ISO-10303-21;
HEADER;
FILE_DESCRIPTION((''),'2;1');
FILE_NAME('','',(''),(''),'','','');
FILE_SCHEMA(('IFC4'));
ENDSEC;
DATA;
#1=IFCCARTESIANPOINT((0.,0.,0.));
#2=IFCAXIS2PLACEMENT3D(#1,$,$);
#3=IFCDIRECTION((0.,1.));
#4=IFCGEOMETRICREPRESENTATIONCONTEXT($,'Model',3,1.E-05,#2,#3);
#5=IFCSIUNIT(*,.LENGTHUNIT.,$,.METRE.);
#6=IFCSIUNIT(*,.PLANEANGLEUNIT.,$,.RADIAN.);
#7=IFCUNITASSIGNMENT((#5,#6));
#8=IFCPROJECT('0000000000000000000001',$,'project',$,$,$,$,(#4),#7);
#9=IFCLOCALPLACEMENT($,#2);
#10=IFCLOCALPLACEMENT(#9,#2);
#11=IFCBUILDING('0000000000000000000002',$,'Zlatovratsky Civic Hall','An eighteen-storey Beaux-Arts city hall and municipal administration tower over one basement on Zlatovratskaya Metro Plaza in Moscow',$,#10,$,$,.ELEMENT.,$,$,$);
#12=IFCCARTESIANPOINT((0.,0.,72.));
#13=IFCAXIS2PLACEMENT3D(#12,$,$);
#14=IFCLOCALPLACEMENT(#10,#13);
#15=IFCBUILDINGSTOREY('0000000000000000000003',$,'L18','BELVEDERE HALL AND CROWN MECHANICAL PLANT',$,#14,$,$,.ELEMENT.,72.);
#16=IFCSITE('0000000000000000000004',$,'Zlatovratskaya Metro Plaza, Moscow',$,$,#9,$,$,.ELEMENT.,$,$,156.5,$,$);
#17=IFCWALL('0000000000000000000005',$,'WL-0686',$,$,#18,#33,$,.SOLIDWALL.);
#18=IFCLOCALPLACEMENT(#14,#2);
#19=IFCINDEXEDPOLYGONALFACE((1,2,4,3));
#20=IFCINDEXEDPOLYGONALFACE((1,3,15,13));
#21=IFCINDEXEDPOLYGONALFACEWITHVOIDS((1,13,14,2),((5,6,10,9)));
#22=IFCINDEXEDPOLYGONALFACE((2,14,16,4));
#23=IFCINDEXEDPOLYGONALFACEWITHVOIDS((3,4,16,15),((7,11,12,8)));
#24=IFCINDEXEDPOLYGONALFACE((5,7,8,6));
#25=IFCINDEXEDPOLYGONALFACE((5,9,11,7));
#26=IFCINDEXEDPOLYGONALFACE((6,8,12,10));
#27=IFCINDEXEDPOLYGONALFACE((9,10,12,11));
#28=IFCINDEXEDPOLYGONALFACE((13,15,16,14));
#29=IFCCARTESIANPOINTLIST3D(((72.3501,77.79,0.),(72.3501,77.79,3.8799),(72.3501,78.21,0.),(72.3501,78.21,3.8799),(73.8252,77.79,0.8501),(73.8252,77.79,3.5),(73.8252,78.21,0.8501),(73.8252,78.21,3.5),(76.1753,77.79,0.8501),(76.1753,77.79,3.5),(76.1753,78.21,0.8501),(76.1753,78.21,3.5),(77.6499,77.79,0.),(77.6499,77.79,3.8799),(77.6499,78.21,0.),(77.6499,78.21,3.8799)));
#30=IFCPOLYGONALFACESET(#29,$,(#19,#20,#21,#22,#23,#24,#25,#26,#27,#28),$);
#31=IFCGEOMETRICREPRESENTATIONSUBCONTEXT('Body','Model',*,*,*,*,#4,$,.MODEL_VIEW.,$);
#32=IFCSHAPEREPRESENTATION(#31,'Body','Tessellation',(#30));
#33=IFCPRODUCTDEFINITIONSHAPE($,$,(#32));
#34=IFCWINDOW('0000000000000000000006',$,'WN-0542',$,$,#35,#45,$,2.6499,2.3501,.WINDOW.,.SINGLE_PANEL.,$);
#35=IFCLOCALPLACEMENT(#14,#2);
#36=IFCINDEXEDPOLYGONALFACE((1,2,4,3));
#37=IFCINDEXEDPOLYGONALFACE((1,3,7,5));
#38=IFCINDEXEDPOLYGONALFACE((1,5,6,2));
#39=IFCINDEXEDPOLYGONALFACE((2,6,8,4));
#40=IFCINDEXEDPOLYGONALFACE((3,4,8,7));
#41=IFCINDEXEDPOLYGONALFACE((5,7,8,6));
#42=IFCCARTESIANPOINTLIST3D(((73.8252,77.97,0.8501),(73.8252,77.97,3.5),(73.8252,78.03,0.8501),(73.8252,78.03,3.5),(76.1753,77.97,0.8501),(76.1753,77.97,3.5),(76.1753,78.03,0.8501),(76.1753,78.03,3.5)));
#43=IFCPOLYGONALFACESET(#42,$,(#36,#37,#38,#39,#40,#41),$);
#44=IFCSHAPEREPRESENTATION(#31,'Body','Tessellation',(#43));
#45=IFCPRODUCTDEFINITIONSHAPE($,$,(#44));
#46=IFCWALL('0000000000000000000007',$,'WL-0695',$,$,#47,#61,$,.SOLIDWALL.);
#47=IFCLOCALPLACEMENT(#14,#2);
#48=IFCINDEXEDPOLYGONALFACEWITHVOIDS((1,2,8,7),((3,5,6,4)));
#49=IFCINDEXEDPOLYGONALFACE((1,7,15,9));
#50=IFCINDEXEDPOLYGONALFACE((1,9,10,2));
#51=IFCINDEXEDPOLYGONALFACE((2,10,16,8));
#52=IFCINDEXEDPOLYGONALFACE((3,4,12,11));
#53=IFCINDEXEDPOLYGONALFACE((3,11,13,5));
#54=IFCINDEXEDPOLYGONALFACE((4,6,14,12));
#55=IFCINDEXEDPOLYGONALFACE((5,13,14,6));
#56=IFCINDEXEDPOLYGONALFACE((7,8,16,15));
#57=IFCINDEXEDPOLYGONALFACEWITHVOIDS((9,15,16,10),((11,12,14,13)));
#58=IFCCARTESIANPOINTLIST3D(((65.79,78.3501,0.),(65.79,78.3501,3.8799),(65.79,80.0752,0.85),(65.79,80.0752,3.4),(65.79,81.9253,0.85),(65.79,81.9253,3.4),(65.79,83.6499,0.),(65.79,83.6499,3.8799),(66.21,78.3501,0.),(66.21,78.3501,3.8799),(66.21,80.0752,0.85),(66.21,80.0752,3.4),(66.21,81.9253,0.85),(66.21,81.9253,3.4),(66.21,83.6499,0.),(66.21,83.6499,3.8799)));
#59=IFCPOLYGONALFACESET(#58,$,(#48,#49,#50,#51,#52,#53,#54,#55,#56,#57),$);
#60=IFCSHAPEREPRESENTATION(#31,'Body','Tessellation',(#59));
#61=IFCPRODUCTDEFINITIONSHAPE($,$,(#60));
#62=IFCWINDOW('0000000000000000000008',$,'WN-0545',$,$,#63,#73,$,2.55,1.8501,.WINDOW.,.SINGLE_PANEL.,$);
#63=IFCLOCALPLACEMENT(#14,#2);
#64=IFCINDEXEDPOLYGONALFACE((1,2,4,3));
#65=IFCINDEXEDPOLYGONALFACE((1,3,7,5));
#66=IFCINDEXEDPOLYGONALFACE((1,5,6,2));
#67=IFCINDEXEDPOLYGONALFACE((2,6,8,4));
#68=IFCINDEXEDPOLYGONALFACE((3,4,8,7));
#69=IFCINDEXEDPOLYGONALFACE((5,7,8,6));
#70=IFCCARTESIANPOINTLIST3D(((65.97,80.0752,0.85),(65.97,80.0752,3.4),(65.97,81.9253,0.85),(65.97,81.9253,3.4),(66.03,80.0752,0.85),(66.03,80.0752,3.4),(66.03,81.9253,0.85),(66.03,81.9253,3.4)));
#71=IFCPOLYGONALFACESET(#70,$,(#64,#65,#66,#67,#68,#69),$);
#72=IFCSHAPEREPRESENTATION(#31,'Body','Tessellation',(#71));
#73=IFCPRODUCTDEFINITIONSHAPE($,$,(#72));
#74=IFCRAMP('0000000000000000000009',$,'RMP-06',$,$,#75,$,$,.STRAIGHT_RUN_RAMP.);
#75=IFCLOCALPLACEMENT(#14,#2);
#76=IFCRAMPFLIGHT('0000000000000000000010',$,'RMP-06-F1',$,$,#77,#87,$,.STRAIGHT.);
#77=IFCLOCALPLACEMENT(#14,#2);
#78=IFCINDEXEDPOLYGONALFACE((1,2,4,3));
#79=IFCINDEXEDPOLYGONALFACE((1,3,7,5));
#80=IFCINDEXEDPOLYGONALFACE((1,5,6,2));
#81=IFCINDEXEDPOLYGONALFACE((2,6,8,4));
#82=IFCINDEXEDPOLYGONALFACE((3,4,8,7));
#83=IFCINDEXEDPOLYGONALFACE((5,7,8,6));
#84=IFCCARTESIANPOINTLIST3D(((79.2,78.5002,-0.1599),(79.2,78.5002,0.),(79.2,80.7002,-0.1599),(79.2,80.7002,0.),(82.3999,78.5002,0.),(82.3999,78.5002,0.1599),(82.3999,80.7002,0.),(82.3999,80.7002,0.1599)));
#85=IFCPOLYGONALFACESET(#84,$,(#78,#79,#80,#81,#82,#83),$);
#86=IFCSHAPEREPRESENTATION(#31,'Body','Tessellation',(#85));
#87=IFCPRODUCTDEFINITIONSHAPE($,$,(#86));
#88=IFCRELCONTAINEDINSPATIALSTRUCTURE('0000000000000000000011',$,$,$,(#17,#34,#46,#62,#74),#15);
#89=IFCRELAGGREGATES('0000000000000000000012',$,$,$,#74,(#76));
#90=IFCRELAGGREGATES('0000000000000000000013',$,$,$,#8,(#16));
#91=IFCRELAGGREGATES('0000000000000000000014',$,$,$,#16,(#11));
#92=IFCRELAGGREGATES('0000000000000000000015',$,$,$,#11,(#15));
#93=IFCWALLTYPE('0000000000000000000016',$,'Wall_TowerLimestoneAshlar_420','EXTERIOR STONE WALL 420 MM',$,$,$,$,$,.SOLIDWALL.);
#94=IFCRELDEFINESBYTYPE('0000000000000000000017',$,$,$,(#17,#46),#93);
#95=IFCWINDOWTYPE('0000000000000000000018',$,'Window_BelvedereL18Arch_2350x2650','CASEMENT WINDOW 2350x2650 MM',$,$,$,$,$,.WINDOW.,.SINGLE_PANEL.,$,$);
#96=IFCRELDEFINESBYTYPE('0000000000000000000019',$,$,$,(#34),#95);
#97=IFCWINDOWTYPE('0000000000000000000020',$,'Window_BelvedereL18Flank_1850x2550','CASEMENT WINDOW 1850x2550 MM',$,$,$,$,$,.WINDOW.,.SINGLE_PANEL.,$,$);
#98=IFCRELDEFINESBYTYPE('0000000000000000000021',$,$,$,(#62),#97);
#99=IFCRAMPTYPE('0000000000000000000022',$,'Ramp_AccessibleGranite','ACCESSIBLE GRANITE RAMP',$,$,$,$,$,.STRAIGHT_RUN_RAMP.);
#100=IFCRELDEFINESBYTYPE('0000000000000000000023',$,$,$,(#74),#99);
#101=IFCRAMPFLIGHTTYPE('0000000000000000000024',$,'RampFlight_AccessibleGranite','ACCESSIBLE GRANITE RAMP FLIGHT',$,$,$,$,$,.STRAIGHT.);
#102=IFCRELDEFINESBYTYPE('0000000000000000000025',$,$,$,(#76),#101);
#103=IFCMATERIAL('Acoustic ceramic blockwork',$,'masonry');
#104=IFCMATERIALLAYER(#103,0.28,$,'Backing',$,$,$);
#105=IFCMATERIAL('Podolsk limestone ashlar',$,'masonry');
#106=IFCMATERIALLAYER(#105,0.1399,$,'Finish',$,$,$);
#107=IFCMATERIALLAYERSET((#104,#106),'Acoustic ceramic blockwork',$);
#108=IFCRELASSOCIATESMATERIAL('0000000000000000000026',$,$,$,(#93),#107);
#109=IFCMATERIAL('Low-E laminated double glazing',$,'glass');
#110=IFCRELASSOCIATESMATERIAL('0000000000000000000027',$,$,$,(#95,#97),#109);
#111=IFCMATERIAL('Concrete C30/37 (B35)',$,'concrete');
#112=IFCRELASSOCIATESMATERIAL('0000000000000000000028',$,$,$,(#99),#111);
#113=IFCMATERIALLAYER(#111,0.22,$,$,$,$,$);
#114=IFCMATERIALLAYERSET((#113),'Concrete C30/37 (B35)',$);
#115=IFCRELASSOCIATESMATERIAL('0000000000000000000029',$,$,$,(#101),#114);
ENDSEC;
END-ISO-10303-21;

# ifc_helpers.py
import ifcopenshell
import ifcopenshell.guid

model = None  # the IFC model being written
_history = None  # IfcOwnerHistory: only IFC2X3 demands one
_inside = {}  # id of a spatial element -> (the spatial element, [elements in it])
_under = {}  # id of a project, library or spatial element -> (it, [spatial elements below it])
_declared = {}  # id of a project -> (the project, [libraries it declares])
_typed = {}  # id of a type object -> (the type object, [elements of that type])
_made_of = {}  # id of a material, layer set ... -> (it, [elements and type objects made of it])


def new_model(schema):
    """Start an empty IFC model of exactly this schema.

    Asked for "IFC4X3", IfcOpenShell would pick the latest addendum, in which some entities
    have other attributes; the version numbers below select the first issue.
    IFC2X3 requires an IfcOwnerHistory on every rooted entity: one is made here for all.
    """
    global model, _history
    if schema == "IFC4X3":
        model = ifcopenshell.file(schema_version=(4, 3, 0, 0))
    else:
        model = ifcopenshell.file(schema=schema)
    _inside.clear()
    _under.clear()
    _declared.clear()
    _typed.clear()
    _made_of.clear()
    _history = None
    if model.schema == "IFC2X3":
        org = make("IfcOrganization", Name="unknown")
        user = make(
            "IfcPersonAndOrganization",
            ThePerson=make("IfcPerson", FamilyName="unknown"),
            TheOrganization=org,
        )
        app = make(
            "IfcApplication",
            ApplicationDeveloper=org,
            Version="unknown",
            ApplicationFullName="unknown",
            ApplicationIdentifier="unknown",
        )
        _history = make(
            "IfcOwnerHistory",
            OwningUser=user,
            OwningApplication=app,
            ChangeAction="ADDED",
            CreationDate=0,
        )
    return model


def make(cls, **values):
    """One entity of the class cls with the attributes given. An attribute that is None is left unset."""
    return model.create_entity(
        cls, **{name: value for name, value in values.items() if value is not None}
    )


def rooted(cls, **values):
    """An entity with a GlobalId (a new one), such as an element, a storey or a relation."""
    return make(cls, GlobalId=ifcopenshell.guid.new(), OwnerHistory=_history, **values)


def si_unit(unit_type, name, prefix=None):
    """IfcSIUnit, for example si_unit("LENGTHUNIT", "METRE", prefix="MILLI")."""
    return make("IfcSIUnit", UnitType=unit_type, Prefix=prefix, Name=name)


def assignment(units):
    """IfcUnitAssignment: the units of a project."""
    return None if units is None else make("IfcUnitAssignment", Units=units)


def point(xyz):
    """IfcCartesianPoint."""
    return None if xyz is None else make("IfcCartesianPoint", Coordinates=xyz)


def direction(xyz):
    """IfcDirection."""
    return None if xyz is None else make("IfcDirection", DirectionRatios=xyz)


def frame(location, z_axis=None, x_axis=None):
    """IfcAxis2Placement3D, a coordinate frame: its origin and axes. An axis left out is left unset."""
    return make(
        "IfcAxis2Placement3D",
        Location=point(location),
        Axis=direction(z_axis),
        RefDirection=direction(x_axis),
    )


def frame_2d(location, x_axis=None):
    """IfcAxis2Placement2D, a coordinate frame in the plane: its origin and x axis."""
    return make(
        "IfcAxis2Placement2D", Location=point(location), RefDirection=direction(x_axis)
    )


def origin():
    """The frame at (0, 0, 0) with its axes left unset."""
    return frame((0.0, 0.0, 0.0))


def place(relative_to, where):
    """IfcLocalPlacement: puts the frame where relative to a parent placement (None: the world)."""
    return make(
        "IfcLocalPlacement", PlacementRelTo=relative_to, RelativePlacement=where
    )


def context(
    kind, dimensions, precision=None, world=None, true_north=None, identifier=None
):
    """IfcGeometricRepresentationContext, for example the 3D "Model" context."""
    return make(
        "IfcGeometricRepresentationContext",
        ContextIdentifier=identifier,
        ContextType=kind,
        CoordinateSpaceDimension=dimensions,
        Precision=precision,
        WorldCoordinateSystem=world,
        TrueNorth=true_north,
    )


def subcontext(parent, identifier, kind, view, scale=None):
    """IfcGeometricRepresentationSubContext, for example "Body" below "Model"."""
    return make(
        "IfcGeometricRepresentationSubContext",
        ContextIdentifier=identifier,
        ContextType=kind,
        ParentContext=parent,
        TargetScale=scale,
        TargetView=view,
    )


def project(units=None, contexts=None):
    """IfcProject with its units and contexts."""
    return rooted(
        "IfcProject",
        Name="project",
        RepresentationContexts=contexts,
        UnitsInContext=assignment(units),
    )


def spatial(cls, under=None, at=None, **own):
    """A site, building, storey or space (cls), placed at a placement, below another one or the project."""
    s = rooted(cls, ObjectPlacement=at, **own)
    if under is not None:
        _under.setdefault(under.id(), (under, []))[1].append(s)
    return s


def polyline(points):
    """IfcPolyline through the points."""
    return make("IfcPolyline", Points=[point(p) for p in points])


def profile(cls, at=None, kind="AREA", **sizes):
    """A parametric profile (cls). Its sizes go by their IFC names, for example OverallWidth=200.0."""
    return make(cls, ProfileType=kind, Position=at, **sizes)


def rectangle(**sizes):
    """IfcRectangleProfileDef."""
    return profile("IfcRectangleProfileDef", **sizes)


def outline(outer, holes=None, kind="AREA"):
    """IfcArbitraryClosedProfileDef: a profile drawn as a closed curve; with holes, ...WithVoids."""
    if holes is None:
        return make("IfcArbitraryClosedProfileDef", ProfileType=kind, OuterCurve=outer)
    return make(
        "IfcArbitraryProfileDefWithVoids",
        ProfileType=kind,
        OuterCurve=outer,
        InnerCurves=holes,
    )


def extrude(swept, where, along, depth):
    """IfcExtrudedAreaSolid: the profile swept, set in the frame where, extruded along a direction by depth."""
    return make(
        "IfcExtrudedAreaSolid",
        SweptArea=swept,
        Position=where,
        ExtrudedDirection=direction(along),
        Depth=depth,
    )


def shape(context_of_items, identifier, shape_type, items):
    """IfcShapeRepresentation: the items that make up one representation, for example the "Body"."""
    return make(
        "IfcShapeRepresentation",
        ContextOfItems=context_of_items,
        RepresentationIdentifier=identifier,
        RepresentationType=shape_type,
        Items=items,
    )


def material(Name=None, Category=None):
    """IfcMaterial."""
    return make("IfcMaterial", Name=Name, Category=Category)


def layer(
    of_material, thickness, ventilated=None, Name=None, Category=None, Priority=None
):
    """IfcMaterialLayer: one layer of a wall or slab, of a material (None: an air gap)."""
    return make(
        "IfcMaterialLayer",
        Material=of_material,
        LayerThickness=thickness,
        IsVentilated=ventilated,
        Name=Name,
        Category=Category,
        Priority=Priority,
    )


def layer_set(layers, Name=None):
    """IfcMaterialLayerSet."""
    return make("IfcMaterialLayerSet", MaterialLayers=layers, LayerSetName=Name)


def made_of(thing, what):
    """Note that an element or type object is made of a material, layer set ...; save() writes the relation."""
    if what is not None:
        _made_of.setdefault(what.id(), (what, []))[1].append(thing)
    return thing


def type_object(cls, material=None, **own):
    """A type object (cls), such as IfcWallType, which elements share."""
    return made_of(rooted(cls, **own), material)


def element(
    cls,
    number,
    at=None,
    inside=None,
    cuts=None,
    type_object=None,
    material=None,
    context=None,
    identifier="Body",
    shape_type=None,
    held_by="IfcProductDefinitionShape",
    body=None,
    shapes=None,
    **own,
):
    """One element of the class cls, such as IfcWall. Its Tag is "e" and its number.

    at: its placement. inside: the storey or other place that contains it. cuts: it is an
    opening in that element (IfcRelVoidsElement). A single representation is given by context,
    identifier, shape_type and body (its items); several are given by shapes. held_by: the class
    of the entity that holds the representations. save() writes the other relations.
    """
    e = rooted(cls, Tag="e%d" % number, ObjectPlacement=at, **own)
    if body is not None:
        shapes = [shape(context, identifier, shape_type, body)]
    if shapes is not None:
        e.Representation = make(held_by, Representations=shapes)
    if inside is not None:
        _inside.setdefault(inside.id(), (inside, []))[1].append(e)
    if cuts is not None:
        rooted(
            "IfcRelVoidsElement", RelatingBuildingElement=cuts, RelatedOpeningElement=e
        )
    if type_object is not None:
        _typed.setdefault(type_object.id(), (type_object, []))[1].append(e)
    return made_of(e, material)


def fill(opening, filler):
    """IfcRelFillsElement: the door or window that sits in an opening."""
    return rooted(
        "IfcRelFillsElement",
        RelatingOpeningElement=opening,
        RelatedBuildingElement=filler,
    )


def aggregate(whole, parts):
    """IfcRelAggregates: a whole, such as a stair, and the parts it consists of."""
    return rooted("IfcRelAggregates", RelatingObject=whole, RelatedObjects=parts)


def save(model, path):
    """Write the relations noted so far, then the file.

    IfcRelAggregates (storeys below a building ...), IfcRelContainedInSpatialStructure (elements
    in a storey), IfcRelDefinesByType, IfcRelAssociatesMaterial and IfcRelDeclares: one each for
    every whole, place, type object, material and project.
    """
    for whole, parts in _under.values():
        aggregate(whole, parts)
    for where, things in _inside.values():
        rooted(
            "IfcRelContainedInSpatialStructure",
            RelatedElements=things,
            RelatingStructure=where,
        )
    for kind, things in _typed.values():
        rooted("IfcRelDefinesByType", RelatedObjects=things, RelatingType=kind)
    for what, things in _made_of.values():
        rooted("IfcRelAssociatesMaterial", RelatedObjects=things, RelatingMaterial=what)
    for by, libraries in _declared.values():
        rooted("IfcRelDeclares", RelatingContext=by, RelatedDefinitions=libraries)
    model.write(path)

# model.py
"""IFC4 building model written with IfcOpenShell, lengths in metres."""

from ifc_helpers import new_model, si_unit, direction, frame, frame_2d, origin, place, context, subcontext, project, spatial, polyline, rectangle, outline, extrude, material, layer, layer_set, type_object, element, fill, aggregate, save


model = new_model("IFC4")

# Units and contexts
model_context = context("Model", 3, precision=1e-05, world=origin(), true_north=direction((0.0, 1.0)))
body_context = subcontext(model_context, "Body", "Model", "MODEL_VIEW")
ifc_project = project(units=[si_unit("LENGTHUNIT", "METRE"), si_unit("PLANEANGLEUNIT", "RADIAN")], contexts=[model_context])

# Site, building, storey
site_placement = place(None, origin())
site = spatial("IfcSite", under=ifc_project, at=site_placement, Name="Zlatovratskaya Metro Plaza, Moscow", CompositionType="ELEMENT", RefElevation=156.5)
building_placement = place(site_placement, origin())
building = spatial("IfcBuilding", under=site, at=building_placement, Name="Zlatovratsky Civic Hall", Description="An eighteen-storey Beaux-Arts city hall and municipal administration tower over one basement on Zlatovratskaya Metro Plaza in Moscow", CompositionType="ELEMENT")
storey_placement = place(building_placement, frame((0.0, 0.0, 72.0)))
storey = spatial("IfcBuildingStorey", under=building, at=storey_placement, Name="L18", Description="BELVEDERE HALL AND CROWN MECHANICAL PLANT", CompositionType="ELEMENT", Elevation=72.0)

# Shared definitions
ifc_material_1 = material(Name="Concrete C30/37 (B35)", Category="concrete")

# Shared definitions
ifc_material_2 = material(Name="Acoustic ceramic blockwork", Category="masonry")

# Walls, openings, windows
ifc_layer_1 = layer(ifc_material_2, 0.28, Name="Backing")
ifc_material_3 = material(Name="Podolsk limestone ashlar", Category="masonry")
ifc_layer_2 = layer(ifc_material_3, 0.1399, Name="Finish")
ifc_layer_set_1 = layer_set([ifc_layer_1, ifc_layer_2], Name="Acoustic ceramic blockwork")
wall_type_1 = type_object("IfcWallType", Name="Wall_TowerLimestoneAshlar_420", Description="EXTERIOR STONE WALL 420 MM", PredefinedType="SOLIDWALL", material=ifc_layer_set_1)
ifc_material_4 = material(Name="Low-E laminated double glazing", Category="glass")
window_type_1 = type_object("IfcWindowType", Name="Window_BelvedereL18Arch_2350x2650", Description="CASEMENT WINDOW 2350x2650 MM", PartitioningType="SINGLE_PANEL", PredefinedType="WINDOW", material=ifc_material_4)
wall_1_placement = place(storey_placement, frame((72.3501, 78.0, 0.0), z_axis=(0.0, 0.0, 1.0), x_axis=(1.0, 0.0, 0.0)))
wall_1 = element("IfcWall", 1, at=wall_1_placement, inside=storey, type_object=wall_type_1, Name="WL-0686", PredefinedType="SOLIDWALL", context=body_context, shape_type="SweptSolid", body=[
    extrude(rectangle(XDim=5.2998, YDim=0.4199, at=frame_2d((2.6499, 0.0))), origin(), (0.0, 0.0, 1.0), 3.8799),
])
opening_1_placement = place(wall_1_placement, frame((1.4751, 0.0, 0.8501)))
opening_1 = element("IfcOpeningElement", 2, at=opening_1_placement, cuts=wall_1, PredefinedType="OPENING", context=body_context, shape_type="SweptSolid", body=[
    extrude(rectangle(XDim=2.3501, YDim=2.6499, at=frame_2d((1.175, 1.325))), frame((0.0, 0.2249, 0.0), z_axis=(0.0, -1.0, 0.0), x_axis=(1.0, 0.0, 0.0)), (0.0, 0.0, 1.0), 0.4497),
])
window_1_placement = place(opening_1_placement, origin())
window_1 = element("IfcWindow", 3, at=window_1_placement, inside=storey, type_object=window_type_1, Name="WN-0542", OverallHeight=2.6499, OverallWidth=2.3501, PartitioningType="SINGLE_PANEL", PredefinedType="WINDOW", context=body_context, shape_type="SweptSolid", body=[
    extrude(rectangle(XDim=2.3501, YDim=2.6499, at=frame_2d((1.175, 1.325))), frame((0.0, 0.03, 0.0), z_axis=(0.0, -1.0, 0.0), x_axis=(1.0, 0.0, 0.0)), (0.0, 0.0, 1.0), 0.0601),
])
fill(opening_1, window_1)
wall_2_placement = place(storey_placement, frame((66.0, 78.3501, 0.0), z_axis=(0.0, 0.0, 1.0), x_axis=(0.0, 1.0, 0.0)))
wall_2 = element("IfcWall", 4, at=wall_2_placement, inside=storey, type_object=wall_type_1, Name="WL-0695", PredefinedType="SOLIDWALL", context=body_context, shape_type="SweptSolid", body=[
    extrude(rectangle(XDim=5.2998, YDim=0.4199, at=frame_2d((2.6499, 0.0))), origin(), (0.0, 0.0, 1.0), 3.8799),
])
opening_2_placement = place(wall_2_placement, frame((1.7251, 0.0, 0.8501)))
opening_2 = element("IfcOpeningElement", 5, at=opening_2_placement, cuts=wall_2, PredefinedType="OPENING", context=body_context, shape_type="SweptSolid", body=[
    extrude(rectangle(XDim=1.8501, YDim=2.55, at=frame_2d((0.925, 1.2749))), frame((0.0, 0.2249, 0.0), z_axis=(0.0, -1.0, 0.0), x_axis=(1.0, 0.0, 0.0)), (0.0, 0.0, 1.0), 0.4497),
])
window_type_2 = type_object("IfcWindowType", Name="Window_BelvedereL18Flank_1850x2550", Description="CASEMENT WINDOW 1850x2550 MM", PartitioningType="SINGLE_PANEL", PredefinedType="WINDOW", material=ifc_material_4)
window_2_placement = place(opening_2_placement, origin())
window_2 = element("IfcWindow", 6, at=window_2_placement, inside=storey, type_object=window_type_2, Name="WN-0545", OverallHeight=2.55, OverallWidth=1.8501, PartitioningType="SINGLE_PANEL", PredefinedType="WINDOW", context=body_context, shape_type="SweptSolid", body=[
    extrude(rectangle(XDim=1.8501, YDim=2.55, at=frame_2d((0.925, 1.2749))), frame((0.0, 0.03, 0.0), z_axis=(0.0, -1.0, 0.0), x_axis=(1.0, 0.0, 0.0)), (0.0, 0.0, 1.0), 0.0601),
])
fill(opening_2, window_2)

# Ramp, ramp flight
ramp_type = type_object("IfcRampType", Name="Ramp_AccessibleGranite", Description="ACCESSIBLE GRANITE RAMP", PredefinedType="STRAIGHT_RUN_RAMP", material=ifc_material_1)
ramp_placement = place(storey_placement, origin())
ramp = element("IfcRamp", 7, at=ramp_placement, inside=storey, type_object=ramp_type, Name="RMP-06", PredefinedType="STRAIGHT_RUN_RAMP")
ifc_layer_3 = layer(ifc_material_1, 0.22)
ifc_layer_set_2 = layer_set([ifc_layer_3], Name="Concrete C30/37 (B35)")
ramp_flight_type = type_object("IfcRampFlightType", Name="RampFlight_AccessibleGranite", Description="ACCESSIBLE GRANITE RAMP FLIGHT", PredefinedType="STRAIGHT", material=ifc_layer_set_2)
ramp_flight_placement = place(storey_placement, frame((79.2, 79.6001, 0.0), z_axis=(0.0, 0.0, 1.0), x_axis=(1.0, 0.0, 0.0)))
ramp_flight = element("IfcRampFlight", 8, at=ramp_flight_placement, type_object=ramp_flight_type, Name="RMP-06-F1", PredefinedType="STRAIGHT", context=body_context, shape_type="SweptSolid", body=[
    extrude(outline(polyline([(0.0, 0.0), (3.2, 0.1599), (3.2, 0.0), (0.0, -0.1599), (0.0, 0.0)])), frame((0.0, 1.1001, 0.0), z_axis=(0.0, -1.0, 0.0), x_axis=(1.0, 0.0, 0.0)), (0.0, 0.0, 1.0), 2.2),
])
aggregate(ramp, [ramp_flight])

save(model, "model.ifc")
